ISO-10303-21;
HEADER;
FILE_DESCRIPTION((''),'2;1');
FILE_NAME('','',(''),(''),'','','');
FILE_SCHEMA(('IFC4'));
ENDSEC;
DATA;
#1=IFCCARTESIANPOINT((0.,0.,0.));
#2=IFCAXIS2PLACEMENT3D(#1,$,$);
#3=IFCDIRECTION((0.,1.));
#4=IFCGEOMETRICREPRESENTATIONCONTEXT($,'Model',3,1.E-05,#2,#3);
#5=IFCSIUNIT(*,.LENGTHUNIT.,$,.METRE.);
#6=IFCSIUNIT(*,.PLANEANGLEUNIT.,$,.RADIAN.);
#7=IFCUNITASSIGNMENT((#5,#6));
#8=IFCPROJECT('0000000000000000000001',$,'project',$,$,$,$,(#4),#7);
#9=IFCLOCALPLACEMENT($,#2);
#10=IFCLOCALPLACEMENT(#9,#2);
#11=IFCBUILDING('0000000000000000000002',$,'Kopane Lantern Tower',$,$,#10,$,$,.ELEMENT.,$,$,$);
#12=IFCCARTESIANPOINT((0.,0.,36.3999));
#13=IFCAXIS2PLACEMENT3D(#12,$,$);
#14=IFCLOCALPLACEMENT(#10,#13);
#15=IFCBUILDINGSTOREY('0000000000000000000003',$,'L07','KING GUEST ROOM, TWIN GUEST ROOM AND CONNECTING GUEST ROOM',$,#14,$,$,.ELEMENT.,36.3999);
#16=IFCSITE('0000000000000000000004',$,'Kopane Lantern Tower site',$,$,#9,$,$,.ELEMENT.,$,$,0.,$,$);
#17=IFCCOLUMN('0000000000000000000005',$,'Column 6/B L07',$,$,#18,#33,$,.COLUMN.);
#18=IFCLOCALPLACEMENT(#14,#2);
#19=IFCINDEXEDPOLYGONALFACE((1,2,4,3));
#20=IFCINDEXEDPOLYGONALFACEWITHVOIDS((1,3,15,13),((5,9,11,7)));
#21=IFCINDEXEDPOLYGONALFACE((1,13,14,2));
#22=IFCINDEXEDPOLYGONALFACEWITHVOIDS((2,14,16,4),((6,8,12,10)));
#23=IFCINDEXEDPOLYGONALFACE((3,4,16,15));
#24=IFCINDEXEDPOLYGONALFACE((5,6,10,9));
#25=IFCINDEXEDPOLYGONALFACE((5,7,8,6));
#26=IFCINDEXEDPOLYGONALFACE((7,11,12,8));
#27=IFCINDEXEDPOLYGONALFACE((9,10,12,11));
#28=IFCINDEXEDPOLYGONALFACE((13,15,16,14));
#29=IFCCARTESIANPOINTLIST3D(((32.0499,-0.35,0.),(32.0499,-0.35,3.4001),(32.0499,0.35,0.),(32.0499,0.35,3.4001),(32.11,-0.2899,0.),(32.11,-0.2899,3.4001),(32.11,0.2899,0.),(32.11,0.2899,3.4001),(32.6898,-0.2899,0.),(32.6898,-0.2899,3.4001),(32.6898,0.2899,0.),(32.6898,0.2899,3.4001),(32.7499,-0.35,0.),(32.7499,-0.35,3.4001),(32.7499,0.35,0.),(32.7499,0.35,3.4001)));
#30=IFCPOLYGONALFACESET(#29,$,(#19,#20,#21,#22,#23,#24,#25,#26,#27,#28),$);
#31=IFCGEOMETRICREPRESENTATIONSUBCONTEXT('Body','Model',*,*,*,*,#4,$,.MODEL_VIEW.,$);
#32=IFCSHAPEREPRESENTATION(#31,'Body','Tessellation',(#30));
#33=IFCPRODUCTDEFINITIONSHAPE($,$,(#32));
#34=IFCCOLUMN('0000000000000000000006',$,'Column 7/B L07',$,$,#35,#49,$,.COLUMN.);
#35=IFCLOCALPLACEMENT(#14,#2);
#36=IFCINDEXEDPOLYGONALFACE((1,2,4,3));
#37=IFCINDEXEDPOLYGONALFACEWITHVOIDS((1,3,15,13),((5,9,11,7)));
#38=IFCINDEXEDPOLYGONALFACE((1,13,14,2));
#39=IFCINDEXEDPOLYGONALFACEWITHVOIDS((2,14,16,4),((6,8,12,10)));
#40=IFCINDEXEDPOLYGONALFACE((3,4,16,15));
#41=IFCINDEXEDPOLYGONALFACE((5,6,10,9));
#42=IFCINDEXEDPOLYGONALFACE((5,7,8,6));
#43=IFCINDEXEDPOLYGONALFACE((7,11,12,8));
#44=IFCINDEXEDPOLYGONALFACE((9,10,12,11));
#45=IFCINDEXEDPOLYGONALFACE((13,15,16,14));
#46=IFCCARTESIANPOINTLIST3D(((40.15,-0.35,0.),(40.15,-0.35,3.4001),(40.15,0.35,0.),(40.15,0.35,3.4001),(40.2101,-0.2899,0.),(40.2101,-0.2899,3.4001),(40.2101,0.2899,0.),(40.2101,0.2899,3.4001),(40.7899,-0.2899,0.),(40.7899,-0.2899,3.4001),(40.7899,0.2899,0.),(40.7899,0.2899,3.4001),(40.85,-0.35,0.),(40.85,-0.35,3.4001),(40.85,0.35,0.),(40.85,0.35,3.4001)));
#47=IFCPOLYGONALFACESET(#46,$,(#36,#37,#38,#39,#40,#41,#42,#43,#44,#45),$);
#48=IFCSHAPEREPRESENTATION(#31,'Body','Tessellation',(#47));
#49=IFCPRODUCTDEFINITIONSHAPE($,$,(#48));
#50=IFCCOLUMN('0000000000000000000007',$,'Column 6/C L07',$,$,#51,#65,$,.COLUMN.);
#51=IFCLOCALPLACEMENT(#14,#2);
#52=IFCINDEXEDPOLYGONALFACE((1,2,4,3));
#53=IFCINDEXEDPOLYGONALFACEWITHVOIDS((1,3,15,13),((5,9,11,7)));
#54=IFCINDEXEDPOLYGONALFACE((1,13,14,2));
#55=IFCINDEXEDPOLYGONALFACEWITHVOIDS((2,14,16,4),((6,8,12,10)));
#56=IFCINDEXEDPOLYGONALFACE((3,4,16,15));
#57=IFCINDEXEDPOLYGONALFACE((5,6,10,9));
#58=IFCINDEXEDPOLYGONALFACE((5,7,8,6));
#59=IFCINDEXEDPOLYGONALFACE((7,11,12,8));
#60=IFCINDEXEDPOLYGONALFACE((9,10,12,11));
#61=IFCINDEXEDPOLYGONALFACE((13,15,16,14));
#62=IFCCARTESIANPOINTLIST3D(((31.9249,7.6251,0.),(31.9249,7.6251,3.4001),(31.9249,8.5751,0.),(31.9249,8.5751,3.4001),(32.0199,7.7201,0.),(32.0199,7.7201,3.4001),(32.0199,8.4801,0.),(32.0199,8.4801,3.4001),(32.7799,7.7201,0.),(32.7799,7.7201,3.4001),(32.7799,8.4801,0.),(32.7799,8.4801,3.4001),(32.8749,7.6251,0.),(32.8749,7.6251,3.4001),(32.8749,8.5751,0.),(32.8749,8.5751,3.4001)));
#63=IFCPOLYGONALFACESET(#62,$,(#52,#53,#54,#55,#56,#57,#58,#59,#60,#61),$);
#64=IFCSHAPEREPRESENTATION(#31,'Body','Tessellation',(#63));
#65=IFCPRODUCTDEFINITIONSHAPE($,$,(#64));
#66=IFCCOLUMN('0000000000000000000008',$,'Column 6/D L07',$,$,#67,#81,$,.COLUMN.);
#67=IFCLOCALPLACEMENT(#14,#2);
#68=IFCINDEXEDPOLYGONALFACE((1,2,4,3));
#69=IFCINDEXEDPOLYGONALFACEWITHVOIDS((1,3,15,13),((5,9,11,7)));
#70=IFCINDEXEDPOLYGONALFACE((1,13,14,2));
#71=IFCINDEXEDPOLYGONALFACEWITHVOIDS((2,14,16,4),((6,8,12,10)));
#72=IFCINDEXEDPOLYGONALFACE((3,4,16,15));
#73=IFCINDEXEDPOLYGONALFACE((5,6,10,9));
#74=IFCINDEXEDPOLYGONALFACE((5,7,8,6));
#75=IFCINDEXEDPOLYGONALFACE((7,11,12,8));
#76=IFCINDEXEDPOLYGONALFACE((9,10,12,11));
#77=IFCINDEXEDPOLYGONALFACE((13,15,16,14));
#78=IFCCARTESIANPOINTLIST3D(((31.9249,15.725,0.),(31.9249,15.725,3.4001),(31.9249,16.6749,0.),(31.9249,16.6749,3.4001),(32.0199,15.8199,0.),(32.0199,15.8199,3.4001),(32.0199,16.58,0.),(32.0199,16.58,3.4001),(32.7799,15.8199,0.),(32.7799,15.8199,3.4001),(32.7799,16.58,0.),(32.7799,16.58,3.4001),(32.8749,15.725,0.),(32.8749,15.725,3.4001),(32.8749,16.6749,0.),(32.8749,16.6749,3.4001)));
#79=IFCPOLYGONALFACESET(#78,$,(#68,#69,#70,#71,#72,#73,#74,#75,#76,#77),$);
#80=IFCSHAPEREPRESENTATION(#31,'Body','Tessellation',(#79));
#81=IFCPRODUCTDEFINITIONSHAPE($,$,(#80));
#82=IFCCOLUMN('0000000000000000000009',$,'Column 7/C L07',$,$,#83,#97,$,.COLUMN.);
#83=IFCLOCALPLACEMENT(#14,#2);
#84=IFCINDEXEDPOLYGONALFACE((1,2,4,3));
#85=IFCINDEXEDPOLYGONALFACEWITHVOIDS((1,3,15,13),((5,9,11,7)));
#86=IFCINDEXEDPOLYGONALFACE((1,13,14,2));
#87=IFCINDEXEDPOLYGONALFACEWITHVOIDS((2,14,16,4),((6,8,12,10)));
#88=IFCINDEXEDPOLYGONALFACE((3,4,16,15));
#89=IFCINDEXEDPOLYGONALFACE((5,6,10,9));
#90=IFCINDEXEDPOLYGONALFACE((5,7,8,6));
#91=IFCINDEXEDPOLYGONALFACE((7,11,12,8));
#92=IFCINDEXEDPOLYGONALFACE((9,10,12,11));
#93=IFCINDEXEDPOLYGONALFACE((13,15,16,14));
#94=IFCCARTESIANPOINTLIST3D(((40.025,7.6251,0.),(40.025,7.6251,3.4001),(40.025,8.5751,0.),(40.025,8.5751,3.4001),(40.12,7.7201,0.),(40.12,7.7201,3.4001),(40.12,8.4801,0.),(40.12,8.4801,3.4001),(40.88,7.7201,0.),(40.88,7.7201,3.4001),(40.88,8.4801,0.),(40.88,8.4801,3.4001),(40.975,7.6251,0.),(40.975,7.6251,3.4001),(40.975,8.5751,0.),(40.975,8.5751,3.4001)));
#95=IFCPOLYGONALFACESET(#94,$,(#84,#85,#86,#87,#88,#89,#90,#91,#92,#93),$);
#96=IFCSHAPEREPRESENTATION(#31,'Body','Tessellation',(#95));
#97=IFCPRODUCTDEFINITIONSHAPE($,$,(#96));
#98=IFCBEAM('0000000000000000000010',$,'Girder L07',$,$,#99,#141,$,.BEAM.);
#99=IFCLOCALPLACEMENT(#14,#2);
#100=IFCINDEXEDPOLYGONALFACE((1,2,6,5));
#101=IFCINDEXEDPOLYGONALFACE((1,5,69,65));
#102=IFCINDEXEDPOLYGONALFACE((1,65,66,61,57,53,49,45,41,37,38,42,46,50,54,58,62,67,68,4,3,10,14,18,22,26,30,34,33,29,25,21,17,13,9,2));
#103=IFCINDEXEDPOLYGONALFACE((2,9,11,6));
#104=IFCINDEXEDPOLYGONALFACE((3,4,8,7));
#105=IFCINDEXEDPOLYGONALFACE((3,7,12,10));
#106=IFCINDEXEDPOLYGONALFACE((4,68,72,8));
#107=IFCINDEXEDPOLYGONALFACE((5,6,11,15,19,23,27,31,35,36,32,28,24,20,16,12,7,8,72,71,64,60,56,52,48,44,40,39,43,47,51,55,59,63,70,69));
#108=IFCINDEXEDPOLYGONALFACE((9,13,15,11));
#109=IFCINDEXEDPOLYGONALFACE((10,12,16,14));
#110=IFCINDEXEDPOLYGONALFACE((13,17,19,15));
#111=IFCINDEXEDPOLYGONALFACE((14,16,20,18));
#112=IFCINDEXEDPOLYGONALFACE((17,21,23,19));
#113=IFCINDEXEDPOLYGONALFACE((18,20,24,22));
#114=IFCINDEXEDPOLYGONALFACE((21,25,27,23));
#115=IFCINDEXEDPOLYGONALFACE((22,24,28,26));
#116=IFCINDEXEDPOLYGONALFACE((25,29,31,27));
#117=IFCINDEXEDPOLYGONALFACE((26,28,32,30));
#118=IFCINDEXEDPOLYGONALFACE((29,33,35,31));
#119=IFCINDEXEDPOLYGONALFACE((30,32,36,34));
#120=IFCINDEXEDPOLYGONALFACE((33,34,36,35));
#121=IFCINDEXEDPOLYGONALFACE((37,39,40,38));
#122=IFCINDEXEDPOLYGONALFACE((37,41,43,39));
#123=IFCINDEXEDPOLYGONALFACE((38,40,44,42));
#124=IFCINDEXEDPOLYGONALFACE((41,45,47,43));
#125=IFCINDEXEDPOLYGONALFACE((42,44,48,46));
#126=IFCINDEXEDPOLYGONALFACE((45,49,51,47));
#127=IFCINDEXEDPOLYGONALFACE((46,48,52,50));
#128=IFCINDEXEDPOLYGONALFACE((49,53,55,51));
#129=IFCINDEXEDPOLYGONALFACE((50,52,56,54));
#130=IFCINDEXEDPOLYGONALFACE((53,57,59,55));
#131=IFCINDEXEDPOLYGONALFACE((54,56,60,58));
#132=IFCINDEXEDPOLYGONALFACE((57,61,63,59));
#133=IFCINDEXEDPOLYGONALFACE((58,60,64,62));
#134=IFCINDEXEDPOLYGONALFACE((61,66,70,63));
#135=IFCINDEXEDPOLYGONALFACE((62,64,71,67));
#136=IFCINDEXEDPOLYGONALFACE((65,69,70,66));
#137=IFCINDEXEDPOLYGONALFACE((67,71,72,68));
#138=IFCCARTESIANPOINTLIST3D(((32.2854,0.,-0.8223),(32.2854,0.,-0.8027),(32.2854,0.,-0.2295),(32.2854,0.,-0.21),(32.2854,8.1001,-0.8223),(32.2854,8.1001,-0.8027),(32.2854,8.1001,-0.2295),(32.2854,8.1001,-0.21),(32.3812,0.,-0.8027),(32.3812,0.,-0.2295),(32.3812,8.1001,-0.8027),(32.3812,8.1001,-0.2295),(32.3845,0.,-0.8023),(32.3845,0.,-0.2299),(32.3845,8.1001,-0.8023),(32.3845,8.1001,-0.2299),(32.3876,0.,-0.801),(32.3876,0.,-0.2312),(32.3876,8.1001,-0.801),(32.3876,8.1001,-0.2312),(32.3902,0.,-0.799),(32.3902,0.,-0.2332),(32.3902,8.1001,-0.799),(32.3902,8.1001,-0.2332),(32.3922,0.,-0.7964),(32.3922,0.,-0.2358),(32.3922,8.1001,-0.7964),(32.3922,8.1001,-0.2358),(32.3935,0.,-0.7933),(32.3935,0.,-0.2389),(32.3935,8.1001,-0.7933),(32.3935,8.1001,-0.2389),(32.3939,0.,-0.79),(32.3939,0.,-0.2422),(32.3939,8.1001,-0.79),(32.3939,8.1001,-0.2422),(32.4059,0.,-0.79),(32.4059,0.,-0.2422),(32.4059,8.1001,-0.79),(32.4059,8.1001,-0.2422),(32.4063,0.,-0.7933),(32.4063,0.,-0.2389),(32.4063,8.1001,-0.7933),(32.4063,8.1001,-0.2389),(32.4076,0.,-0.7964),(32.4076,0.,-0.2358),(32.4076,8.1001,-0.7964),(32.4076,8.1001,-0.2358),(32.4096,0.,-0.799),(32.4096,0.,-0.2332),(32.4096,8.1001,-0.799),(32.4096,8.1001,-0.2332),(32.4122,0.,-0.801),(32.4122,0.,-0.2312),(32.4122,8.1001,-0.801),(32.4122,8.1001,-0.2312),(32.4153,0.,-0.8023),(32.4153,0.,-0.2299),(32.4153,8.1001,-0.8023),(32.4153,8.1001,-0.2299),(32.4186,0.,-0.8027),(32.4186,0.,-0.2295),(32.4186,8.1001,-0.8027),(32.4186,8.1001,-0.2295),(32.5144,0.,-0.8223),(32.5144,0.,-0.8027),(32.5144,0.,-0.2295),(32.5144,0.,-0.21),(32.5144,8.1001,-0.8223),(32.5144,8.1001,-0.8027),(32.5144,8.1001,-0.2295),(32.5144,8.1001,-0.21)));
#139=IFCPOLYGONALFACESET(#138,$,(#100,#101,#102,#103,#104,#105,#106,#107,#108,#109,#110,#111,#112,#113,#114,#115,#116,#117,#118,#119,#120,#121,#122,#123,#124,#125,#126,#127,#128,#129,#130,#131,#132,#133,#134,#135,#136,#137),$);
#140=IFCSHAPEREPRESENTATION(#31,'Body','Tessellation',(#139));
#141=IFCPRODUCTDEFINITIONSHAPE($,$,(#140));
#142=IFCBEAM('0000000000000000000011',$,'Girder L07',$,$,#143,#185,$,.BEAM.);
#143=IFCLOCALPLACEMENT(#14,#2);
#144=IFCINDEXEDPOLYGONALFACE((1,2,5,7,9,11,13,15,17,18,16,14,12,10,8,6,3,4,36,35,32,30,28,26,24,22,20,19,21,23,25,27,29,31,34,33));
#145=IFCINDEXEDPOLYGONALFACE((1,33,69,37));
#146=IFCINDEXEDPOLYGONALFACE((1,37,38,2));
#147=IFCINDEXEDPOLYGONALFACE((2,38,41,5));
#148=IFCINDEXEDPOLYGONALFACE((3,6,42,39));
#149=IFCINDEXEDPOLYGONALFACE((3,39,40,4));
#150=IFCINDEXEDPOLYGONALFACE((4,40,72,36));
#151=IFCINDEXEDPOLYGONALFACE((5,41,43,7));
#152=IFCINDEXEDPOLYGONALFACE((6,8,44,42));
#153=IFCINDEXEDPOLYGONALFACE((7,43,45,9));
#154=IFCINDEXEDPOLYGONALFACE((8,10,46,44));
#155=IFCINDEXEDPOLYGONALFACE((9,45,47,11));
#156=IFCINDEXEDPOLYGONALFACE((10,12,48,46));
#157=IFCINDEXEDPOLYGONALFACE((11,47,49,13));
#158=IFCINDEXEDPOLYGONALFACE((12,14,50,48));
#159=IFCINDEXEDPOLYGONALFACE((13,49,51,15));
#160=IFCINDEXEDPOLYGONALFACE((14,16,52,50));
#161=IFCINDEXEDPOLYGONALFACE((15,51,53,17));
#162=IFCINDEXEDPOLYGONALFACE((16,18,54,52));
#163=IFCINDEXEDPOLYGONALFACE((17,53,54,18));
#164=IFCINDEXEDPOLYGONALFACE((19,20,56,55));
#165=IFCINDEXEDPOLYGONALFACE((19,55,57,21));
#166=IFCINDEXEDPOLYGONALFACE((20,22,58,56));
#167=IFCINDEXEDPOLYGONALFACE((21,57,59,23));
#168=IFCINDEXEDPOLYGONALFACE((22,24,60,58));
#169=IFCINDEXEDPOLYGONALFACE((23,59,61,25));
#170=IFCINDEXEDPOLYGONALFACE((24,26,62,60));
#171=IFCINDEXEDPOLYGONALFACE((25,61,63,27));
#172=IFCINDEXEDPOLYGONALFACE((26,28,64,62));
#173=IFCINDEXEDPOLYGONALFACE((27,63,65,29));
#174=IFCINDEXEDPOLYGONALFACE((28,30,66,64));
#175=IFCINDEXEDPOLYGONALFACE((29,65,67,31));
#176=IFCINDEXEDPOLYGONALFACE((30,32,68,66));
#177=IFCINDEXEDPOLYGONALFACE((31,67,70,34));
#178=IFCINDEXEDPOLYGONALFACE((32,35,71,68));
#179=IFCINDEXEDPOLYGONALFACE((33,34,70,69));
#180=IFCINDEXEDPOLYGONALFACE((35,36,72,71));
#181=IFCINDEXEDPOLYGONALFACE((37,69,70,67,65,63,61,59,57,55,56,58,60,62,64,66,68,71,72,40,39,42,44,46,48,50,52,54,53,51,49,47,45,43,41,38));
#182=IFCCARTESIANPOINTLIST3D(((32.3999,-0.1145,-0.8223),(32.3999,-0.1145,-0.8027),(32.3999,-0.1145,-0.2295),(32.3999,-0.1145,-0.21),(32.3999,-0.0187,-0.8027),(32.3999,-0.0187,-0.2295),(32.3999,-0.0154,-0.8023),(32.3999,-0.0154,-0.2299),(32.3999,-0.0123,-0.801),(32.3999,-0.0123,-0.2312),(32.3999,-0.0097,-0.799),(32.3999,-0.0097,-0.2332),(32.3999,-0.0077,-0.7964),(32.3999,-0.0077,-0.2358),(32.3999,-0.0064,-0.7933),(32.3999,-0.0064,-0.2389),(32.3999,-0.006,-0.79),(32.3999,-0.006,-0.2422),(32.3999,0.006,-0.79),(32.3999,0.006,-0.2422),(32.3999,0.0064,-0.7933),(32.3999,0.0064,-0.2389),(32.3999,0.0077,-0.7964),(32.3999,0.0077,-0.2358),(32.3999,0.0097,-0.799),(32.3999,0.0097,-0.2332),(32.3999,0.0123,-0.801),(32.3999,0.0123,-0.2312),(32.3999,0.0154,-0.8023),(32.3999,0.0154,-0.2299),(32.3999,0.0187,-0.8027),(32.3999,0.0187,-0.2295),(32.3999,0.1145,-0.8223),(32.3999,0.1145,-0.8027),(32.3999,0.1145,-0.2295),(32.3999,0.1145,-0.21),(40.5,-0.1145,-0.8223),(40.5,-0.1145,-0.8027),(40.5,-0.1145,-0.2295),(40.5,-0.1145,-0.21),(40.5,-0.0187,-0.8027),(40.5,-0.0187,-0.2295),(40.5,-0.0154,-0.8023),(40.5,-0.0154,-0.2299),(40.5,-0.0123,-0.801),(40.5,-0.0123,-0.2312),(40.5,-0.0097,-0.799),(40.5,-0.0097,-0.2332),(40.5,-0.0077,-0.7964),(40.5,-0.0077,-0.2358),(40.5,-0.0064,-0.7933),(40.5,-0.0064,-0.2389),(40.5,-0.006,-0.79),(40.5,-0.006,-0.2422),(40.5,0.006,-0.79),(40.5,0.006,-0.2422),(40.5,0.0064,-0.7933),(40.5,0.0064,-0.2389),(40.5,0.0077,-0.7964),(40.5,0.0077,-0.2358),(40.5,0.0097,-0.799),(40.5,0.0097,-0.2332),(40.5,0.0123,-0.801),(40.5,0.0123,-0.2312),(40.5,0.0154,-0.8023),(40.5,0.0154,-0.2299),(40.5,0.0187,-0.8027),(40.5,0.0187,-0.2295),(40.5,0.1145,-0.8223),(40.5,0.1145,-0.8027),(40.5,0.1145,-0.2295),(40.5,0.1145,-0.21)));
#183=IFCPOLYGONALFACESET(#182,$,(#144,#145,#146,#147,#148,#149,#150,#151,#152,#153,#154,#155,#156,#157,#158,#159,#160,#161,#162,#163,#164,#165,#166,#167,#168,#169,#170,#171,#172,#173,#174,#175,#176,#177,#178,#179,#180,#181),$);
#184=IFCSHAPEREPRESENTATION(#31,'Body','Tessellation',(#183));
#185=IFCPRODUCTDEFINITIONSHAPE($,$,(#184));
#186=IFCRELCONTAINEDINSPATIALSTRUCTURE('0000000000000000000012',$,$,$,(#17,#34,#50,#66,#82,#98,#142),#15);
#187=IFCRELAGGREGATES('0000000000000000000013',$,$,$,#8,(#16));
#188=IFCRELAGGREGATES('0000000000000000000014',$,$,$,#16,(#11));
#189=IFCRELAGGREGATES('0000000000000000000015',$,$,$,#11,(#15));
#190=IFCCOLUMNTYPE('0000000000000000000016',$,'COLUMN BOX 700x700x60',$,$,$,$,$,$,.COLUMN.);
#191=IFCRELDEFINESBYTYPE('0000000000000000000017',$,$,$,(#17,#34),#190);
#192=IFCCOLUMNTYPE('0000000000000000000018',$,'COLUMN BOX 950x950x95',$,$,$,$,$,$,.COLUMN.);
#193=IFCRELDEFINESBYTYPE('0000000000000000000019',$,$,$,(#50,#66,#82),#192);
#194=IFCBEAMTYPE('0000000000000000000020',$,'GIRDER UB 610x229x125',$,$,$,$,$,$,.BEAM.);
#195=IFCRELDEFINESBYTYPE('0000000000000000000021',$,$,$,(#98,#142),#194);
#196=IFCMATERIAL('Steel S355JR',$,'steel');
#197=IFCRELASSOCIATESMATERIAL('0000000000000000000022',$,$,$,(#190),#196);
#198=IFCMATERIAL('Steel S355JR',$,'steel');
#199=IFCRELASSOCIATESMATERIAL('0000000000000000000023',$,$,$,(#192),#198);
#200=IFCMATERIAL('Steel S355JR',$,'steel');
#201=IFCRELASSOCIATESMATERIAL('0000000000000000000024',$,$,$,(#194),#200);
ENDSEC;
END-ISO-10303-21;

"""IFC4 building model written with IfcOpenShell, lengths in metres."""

from ifc_helpers import new_model, si_unit, direction, frame, origin, origin_2d, place, context, subcontext, project, spatial, hollow_rectangle, i_section, extrude, material, material_profile, profile_set, type_object, element, save


model = new_model("IFC4")

# Units and contexts
model_context = context("Model", 3, precision=1e-05, world=origin(), true_north=direction((0.0, 1.0)))
body_context = subcontext(model_context, "Body", "Model", "MODEL_VIEW")
ifc_project = project(units=[si_unit("LENGTHUNIT", "METRE"), si_unit("PLANEANGLEUNIT", "RADIAN")], contexts=[model_context])

# Site, building, storey
site_placement = place(None, origin())
site = spatial("IfcSite", under=ifc_project, at=site_placement, Name="Kopane Lantern Tower site", CompositionType="ELEMENT", RefElevation=0.0)
building_placement = place(site_placement, origin())
building = spatial("IfcBuilding", under=site, at=building_placement, Name="Kopane Lantern Tower", CompositionType="ELEMENT")
storey_placement = place(building_placement, frame((0.0, 0.0, 36.3999)))
storey = spatial("IfcBuildingStorey", under=building, at=storey_placement, Name="L07", Description="KING GUEST ROOM, TWIN GUEST ROOM AND CONNECTING GUEST ROOM", CompositionType="ELEMENT", Elevation=36.3999)

# Columns
ifc_material_1 = material(Name="Steel S355JR", Category="steel")
ifc_material_profile_1 = material_profile(ifc_material_1, hollow_rectangle(XDim=0.7, YDim=0.7, WallThickness=0.0601, at=origin_2d()), Name="BOX 700x700x60")
ifc_profile_set_1 = profile_set([ifc_material_profile_1], Name="Steel S355JR")
column_type_1 = type_object("IfcColumnType", Name="COLUMN BOX 700x700x60", PredefinedType="COLUMN", material=ifc_profile_set_1)
for number, where, z_axis, x_axis, name in (
    (1, (32.3999, 0.0, 0.0), (0.0, 0.0, 1.0), (1.0, 0.0, 0.0), "Column 6/B L07"),
    (2, (40.5, 0.0, 0.0), (0.0, 0.0, 1.0), (1.0, 0.0, 0.0), "Column 7/B L07"),
):
    element("IfcColumn", number, at=place(storey_placement, frame(where, z_axis=z_axis, x_axis=x_axis)), inside=storey, type_object=column_type_1, Name=name, PredefinedType="COLUMN", context=body_context, shape_type="SweptSolid", body=[
        extrude(hollow_rectangle(XDim=0.7, YDim=0.7, WallThickness=0.0601, at=origin_2d()), origin(), (0.0, 0.0, 1.0), 3.4001),
    ])
ifc_material_2 = material(Name="Steel S355JR", Category="steel")
ifc_material_profile_2 = material_profile(ifc_material_2, hollow_rectangle(XDim=0.95, YDim=0.95, WallThickness=0.095, at=origin_2d()), Name="BOX 950x950x95")
ifc_profile_set_2 = profile_set([ifc_material_profile_2], Name="Steel S355JR")
column_type_2 = type_object("IfcColumnType", Name="COLUMN BOX 950x950x95", PredefinedType="COLUMN", material=ifc_profile_set_2)
for number, where, z_axis, x_axis, name in (
    (3, (32.3999, 8.1001, 0.0), (0.0, 0.0, 1.0), (1.0, 0.0, 0.0), "Column 6/C L07"),
    (4, (32.3999, 16.2, 0.0), (0.0, 0.0, 1.0), (1.0, 0.0, 0.0), "Column 6/D L07"),
    (5, (40.5, 8.1001, 0.0), (0.0, 0.0, 1.0), (1.0, 0.0, 0.0), "Column 7/C L07"),
):
    element("IfcColumn", number, at=place(storey_placement, frame(where, z_axis=z_axis, x_axis=x_axis)), inside=storey, type_object=column_type_2, Name=name, PredefinedType="COLUMN", context=body_context, shape_type="SweptSolid", body=[
        extrude(hollow_rectangle(XDim=0.95, YDim=0.95, WallThickness=0.095, at=origin_2d()), origin(), (0.0, 0.0, 1.0), 3.4001),
    ])

# Beams
ifc_material_3 = material(Name="Steel S355JR", Category="steel")
ifc_material_profile_3 = material_profile(ifc_material_3, i_section(OverallWidth=0.229, OverallDepth=0.6123, WebThickness=0.012, FlangeThickness=0.0195, FilletRadius=0.0127, at=origin_2d()), Name="UB 610x229x125")
ifc_profile_set_3 = profile_set([ifc_material_profile_3], Name="Steel S355JR")
beam_type = type_object("IfcBeamType", Name="GIRDER UB 610x229x125", PredefinedType="BEAM", material=ifc_profile_set_3)
for number, where, z_axis, x_axis, name in (
    (6, (32.3999, 0.0, -0.5161), (0.0, 1.0, 0.0), (-1.0, 0.0, 0.0), "Girder L07"),
    (7, (32.3999, 0.0, -0.5161), (1.0, 0.0, 0.0), (0.0, 1.0, 0.0), "Girder L07"),
):
    element("IfcBeam", number, at=place(storey_placement, frame(where, z_axis=z_axis, x_axis=x_axis)), inside=storey, type_object=beam_type, Name=name, PredefinedType="BEAM", context=body_context, shape_type="SweptSolid", body=[
        extrude(i_section(OverallWidth=0.229, OverallDepth=0.6123, WebThickness=0.012, FlangeThickness=0.0195, FilletRadius=0.0127, at=origin_2d()), origin(), (0.0, 0.0, 1.0), 8.1001),
    ])

save(model, "model.ifc")
